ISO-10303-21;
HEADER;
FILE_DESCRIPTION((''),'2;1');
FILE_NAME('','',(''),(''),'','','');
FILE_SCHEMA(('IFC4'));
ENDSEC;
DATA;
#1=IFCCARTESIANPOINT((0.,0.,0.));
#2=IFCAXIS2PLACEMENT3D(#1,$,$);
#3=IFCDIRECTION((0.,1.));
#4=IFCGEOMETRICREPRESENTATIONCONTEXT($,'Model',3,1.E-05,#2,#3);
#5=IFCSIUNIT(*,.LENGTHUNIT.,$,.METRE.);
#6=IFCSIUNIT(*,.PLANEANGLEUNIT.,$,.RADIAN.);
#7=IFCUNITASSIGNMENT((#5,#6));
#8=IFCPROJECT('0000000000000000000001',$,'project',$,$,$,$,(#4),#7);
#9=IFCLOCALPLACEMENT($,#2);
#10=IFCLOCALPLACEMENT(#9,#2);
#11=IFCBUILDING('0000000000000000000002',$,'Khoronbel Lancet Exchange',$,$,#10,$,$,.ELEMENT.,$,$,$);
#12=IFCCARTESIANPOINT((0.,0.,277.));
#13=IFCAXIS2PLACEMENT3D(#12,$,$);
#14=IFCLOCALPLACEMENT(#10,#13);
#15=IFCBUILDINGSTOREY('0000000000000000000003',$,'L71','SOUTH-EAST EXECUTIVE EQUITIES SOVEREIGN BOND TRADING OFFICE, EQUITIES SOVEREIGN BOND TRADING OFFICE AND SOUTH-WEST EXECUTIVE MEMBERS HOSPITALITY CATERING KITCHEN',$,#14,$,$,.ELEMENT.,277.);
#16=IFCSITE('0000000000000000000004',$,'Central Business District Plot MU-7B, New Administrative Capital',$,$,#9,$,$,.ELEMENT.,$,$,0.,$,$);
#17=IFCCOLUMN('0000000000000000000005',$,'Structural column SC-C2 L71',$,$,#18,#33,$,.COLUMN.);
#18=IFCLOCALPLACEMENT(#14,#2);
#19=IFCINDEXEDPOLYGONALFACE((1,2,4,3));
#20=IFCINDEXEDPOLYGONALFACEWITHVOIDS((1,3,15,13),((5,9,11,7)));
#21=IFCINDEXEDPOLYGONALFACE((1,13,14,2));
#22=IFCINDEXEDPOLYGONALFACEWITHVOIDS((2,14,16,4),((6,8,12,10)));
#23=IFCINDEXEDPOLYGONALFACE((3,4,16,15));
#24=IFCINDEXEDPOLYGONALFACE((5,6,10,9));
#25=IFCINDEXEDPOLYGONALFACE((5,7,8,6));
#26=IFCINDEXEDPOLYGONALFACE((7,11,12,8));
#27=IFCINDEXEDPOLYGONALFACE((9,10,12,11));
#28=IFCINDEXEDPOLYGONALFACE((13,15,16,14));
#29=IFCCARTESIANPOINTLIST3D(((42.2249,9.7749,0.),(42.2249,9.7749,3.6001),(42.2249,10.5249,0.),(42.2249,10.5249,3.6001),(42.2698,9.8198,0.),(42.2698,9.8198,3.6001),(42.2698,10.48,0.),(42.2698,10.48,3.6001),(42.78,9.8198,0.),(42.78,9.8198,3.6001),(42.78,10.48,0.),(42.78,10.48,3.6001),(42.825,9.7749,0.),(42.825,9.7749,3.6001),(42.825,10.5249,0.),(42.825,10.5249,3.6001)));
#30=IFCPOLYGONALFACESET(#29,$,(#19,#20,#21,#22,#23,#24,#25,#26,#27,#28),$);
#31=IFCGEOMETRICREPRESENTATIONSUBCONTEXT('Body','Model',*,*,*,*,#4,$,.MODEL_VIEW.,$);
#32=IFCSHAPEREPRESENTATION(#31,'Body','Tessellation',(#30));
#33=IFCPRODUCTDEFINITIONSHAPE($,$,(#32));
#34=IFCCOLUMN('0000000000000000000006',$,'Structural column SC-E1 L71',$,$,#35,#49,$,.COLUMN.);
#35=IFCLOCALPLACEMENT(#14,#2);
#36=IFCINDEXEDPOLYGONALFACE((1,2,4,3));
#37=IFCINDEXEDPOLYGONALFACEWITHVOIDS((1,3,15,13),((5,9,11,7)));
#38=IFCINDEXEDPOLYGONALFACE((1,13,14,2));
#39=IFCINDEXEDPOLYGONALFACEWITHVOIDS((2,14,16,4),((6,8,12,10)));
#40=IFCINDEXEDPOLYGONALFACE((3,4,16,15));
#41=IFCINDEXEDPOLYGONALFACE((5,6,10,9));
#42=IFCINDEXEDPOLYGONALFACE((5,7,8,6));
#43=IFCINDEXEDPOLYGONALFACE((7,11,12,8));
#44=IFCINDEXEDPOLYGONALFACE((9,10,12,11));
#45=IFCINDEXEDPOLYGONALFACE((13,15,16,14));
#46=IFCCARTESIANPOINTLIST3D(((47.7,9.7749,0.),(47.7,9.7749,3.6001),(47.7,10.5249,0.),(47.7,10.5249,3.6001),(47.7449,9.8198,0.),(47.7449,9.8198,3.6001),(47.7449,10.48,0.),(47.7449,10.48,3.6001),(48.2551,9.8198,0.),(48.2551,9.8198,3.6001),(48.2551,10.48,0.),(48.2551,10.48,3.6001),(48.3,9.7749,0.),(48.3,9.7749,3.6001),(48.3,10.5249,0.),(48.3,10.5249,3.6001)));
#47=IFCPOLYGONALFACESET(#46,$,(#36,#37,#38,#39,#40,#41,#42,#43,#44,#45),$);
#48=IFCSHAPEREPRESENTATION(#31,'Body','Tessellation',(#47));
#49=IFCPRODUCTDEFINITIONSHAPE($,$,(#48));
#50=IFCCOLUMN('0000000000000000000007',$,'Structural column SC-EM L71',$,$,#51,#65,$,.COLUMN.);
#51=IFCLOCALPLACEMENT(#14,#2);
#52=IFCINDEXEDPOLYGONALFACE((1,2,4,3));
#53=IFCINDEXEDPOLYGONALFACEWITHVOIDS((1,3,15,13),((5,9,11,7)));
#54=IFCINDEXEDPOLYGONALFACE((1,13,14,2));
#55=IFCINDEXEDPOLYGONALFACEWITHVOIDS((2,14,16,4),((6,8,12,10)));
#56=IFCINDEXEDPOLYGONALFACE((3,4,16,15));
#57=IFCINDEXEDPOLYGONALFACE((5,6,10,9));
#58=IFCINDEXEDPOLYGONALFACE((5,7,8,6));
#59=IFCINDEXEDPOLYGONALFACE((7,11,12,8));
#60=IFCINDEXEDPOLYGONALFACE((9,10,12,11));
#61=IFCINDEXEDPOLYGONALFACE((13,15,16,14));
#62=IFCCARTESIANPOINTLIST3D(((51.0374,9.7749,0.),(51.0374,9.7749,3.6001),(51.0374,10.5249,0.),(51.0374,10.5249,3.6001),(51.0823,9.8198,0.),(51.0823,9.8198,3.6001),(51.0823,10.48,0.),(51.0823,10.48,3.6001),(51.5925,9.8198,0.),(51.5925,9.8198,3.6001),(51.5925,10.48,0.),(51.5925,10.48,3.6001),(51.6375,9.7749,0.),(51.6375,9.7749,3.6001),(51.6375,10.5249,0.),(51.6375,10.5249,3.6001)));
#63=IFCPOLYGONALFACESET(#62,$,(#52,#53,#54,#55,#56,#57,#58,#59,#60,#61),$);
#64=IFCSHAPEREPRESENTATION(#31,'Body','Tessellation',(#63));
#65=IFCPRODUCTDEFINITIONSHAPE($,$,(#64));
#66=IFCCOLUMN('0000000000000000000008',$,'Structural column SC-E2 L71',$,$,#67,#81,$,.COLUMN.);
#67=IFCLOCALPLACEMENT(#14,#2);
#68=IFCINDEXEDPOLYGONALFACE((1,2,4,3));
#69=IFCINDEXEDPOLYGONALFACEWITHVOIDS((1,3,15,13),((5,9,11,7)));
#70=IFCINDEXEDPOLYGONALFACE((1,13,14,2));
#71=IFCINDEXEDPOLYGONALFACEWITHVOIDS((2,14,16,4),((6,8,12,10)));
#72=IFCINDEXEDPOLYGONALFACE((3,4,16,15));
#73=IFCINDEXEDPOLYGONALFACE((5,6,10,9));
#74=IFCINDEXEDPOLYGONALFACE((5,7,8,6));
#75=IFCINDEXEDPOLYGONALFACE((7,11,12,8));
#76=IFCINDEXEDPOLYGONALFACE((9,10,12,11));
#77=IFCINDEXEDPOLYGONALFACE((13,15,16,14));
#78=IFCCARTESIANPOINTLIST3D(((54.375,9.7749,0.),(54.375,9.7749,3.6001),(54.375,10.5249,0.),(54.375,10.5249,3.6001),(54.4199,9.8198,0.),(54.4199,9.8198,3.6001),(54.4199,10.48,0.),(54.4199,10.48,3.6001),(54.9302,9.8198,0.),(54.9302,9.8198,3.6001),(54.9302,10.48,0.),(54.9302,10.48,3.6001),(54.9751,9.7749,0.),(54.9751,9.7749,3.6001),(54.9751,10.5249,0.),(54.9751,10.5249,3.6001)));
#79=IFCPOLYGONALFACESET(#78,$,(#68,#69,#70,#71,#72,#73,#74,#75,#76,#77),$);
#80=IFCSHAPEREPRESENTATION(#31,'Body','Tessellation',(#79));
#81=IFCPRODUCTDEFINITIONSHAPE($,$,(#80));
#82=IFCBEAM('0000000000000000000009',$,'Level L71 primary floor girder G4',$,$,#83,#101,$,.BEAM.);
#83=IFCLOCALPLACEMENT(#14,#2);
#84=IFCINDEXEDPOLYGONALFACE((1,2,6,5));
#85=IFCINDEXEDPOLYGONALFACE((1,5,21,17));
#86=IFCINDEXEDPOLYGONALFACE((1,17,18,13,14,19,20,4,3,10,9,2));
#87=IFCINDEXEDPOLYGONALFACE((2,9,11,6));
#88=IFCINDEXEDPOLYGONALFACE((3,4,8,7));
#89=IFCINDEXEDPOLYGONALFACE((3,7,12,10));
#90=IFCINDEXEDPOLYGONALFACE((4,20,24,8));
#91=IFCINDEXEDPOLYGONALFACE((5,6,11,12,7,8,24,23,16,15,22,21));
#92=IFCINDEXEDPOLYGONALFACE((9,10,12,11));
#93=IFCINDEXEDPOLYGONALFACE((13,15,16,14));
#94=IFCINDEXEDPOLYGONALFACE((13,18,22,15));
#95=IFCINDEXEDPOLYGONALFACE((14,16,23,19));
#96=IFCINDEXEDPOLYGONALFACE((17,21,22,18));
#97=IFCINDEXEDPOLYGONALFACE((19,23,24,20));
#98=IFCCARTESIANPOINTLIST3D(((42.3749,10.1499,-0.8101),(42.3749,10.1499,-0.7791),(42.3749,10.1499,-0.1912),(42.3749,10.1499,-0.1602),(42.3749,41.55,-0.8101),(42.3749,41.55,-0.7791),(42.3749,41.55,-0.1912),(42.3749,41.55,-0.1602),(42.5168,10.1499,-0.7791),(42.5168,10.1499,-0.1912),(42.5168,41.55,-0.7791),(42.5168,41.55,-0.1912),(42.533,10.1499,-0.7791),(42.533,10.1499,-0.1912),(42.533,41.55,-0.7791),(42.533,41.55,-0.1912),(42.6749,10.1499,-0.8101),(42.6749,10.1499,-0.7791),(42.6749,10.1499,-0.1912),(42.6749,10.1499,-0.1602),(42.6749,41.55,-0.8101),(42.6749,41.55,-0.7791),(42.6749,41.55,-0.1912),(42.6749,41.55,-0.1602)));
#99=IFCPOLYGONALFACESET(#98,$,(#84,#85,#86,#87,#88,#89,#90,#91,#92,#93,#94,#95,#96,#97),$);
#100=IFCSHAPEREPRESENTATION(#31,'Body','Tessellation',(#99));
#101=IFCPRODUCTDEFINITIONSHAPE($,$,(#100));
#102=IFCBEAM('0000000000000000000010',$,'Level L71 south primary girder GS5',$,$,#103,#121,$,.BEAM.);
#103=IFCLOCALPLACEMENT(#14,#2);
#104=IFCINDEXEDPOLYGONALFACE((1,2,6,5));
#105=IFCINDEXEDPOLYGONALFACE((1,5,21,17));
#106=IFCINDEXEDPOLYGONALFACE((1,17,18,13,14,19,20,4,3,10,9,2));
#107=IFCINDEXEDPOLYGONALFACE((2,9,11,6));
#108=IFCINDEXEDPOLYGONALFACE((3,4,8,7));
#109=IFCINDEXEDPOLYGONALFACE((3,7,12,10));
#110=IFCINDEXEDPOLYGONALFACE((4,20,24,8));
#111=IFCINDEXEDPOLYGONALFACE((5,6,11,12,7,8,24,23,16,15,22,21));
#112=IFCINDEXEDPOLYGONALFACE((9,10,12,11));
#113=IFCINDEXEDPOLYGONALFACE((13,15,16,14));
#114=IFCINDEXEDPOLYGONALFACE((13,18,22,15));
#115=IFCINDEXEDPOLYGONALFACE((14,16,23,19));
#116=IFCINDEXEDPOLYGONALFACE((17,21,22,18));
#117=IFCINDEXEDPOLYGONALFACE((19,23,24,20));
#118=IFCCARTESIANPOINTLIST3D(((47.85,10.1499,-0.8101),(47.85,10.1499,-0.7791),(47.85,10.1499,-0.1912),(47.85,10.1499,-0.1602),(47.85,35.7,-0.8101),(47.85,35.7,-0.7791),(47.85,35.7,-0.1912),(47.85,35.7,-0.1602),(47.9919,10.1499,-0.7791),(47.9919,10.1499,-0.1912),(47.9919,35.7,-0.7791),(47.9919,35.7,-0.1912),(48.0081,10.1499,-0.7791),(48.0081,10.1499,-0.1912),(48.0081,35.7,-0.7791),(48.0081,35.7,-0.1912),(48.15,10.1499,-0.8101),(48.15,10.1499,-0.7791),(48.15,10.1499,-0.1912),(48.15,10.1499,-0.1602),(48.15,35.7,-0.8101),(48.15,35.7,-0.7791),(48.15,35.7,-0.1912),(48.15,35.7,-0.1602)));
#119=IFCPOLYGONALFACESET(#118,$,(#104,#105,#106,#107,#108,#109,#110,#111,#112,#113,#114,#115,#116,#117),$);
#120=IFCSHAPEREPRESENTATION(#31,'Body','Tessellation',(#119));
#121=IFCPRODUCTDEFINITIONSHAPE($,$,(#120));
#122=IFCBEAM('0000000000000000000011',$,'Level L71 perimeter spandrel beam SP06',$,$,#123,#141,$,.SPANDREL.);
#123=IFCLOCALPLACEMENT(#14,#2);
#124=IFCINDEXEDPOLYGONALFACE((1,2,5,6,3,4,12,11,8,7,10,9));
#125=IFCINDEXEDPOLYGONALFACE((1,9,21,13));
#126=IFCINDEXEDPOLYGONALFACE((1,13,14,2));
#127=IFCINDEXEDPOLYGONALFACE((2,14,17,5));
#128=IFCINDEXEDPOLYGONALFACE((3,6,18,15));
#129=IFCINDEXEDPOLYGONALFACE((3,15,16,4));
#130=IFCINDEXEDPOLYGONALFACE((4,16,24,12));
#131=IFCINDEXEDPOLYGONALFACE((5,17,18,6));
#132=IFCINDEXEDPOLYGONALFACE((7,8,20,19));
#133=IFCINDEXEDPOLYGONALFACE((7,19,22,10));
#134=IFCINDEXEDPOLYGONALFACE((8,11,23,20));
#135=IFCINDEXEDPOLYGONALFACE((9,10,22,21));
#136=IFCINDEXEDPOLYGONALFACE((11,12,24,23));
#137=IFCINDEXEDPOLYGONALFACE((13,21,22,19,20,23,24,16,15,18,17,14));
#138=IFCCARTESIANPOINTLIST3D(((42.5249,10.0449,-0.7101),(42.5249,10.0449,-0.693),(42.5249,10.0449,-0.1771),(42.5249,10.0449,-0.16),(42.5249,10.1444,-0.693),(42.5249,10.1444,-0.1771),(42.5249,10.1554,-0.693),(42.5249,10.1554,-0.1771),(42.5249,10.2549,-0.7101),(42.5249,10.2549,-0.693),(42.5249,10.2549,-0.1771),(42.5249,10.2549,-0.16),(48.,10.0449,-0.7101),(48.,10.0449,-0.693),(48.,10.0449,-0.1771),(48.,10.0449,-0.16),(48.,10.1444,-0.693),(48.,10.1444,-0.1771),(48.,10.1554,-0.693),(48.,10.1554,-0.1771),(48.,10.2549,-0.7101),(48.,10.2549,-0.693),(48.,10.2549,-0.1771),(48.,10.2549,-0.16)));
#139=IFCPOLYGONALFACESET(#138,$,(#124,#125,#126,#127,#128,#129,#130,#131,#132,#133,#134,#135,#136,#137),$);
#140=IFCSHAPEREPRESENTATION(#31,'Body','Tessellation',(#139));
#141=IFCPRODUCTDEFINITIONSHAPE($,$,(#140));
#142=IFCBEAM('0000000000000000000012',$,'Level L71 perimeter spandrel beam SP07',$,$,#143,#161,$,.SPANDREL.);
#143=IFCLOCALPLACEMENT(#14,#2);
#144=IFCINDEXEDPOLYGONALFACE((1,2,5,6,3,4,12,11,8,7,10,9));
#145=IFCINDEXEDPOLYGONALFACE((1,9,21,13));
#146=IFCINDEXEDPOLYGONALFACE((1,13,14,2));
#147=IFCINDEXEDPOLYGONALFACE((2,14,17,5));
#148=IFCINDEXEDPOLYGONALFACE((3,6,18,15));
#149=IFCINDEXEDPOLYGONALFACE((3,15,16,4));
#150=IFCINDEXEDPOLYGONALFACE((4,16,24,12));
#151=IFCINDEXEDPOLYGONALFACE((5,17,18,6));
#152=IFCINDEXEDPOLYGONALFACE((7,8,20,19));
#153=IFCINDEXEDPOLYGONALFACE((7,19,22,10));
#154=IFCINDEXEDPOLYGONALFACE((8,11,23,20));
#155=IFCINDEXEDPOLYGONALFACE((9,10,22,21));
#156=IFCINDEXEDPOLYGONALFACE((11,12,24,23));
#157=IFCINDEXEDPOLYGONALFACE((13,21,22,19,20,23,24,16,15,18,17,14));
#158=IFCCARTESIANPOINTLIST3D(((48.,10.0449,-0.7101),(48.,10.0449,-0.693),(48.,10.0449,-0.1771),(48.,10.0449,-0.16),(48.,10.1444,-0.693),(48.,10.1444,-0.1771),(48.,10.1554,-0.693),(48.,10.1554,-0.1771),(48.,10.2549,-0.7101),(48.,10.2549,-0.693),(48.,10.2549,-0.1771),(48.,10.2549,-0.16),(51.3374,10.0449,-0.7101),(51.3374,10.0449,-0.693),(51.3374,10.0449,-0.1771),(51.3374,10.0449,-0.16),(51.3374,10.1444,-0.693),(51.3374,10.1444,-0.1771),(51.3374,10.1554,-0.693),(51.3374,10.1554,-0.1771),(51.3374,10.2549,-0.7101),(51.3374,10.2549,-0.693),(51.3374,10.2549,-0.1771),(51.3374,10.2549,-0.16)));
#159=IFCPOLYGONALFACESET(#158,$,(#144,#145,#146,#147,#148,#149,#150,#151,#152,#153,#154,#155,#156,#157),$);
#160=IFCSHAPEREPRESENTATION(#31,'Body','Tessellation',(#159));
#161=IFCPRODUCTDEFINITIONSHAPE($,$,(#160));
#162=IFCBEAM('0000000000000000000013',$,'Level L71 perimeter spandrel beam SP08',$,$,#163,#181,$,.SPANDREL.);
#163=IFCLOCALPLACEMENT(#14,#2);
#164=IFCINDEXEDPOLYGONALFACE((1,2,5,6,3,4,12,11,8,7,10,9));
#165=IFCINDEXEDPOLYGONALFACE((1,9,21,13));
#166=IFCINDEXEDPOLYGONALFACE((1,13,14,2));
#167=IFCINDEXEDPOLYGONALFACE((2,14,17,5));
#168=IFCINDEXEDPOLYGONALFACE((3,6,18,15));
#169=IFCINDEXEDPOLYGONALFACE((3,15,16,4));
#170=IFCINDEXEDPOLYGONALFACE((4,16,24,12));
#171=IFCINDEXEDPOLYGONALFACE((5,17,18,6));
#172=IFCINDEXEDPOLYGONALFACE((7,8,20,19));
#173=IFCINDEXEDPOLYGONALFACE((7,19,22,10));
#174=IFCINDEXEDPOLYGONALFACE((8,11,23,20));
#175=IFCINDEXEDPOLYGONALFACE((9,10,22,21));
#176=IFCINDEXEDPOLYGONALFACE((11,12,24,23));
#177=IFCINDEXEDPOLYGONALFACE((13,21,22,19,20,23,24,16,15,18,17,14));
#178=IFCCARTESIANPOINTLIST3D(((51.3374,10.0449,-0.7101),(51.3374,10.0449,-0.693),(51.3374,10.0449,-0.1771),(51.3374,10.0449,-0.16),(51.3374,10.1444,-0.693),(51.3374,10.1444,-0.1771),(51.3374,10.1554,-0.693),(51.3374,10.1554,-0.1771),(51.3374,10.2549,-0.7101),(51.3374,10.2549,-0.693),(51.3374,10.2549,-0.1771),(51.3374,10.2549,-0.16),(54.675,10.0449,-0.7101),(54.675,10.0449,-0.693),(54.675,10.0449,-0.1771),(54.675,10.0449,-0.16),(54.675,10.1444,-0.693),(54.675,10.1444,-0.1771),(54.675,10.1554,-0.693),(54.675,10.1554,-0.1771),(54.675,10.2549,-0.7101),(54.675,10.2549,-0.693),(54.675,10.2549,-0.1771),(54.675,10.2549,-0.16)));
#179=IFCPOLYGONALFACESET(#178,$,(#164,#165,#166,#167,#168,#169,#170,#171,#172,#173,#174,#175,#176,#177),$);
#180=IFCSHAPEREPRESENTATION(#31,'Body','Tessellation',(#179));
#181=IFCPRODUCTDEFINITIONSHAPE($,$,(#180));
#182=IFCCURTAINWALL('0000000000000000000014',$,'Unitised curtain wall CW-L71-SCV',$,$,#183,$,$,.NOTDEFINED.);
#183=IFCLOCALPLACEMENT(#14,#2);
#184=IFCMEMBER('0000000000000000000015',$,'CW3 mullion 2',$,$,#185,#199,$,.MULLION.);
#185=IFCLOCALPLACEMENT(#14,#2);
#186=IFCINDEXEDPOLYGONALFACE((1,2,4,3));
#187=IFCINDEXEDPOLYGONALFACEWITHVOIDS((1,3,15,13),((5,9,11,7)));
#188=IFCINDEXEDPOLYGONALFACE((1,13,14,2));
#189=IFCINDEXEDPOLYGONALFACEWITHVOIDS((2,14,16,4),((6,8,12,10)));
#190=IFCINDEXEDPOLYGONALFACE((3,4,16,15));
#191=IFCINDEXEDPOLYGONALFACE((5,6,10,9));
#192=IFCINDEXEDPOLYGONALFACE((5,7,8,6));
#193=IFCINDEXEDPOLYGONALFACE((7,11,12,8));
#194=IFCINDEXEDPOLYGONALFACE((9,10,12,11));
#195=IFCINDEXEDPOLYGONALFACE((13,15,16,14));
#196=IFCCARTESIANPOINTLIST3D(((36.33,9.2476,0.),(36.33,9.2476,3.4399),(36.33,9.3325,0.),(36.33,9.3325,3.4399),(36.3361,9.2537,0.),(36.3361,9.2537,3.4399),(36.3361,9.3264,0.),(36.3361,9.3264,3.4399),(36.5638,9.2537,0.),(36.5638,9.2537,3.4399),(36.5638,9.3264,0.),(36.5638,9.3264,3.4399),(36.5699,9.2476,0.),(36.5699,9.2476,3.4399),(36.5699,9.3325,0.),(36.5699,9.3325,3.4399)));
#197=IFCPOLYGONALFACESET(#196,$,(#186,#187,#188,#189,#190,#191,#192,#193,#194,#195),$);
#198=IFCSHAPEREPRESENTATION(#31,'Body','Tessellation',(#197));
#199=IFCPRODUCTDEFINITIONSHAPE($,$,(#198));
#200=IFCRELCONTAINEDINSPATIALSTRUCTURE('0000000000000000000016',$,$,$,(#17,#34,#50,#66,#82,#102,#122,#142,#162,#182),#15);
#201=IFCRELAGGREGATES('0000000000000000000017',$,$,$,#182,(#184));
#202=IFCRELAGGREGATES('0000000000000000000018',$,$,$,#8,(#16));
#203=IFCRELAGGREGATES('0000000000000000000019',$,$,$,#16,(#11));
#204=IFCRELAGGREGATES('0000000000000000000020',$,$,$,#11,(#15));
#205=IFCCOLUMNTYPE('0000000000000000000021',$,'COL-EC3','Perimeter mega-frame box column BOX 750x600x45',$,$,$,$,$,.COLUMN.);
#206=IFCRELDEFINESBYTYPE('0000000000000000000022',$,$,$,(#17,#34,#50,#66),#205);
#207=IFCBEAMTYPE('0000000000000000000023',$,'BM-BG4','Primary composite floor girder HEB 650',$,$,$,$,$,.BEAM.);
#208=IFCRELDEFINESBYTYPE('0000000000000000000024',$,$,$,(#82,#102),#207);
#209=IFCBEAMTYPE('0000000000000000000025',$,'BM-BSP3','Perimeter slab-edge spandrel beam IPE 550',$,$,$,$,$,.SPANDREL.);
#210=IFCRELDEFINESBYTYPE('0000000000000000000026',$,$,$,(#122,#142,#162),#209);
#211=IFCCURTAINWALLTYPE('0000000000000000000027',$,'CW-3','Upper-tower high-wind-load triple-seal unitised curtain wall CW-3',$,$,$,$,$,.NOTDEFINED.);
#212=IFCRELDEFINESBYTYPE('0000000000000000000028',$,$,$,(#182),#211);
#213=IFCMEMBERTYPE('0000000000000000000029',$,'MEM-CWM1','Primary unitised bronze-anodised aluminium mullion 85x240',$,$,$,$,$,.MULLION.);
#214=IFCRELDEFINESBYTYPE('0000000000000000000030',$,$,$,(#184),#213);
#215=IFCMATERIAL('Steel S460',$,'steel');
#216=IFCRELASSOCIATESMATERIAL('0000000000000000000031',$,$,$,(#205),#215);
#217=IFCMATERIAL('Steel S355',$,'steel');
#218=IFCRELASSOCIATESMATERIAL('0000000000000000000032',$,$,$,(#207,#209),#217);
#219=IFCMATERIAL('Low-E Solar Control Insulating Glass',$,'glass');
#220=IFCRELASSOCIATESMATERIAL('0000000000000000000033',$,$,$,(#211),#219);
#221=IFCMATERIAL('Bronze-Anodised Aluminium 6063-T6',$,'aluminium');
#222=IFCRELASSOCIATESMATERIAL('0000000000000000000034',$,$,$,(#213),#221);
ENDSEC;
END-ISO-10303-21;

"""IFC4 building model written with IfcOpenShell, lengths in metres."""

from ifc_helpers import new_model, si_unit, direction, frame, origin, origin_2d, place, context, subcontext, project, spatial, hollow_rectangle, i_section, extrude, material, material_profile, profile_set, type_object, element, aggregate, save


model = new_model("IFC4")

# Units and contexts
model_context = context("Model", 3, precision=1e-05, world=origin(), true_north=direction((0.0, 1.0)))
body_context = subcontext(model_context, "Body", "Model", "MODEL_VIEW")
ifc_project = project(units=[si_unit("LENGTHUNIT", "METRE"), si_unit("PLANEANGLEUNIT", "RADIAN")], contexts=[model_context])

# Site, building, storey
site_placement = place(None, origin())
site = spatial("IfcSite", under=ifc_project, at=site_placement, Name="Central Business District Plot MU-7B, New Administrative Capital", CompositionType="ELEMENT", RefElevation=0.0)
building_placement = place(site_placement, origin())
building = spatial("IfcBuilding", under=site, at=building_placement, Name="Khoronbel Lancet Exchange", CompositionType="ELEMENT")
storey_placement = place(building_placement, frame((0.0, 0.0, 277.0)))
storey = spatial("IfcBuildingStorey", under=building, at=storey_placement, Name="L71", Description="SOUTH-EAST EXECUTIVE EQUITIES SOVEREIGN BOND TRADING OFFICE, EQUITIES SOVEREIGN BOND TRADING OFFICE AND SOUTH-WEST EXECUTIVE MEMBERS HOSPITALITY CATERING KITCHEN", CompositionType="ELEMENT", Elevation=277.0)

# Columns
ifc_material_1 = material(Name="Steel S460", Category="steel")
ifc_material_profile_1 = material_profile(ifc_material_1, hollow_rectangle(XDim=0.6001, YDim=0.75, WallThickness=0.0449, at=origin_2d()), Name="BOX 750x600x45")
ifc_profile_set_1 = profile_set([ifc_material_profile_1], Name="Steel S460")
column_type = type_object("IfcColumnType", Name="COL-EC3", Description="Perimeter mega-frame box column BOX 750x600x45", PredefinedType="COLUMN", material=ifc_profile_set_1)
for number, where, z_axis, x_axis, name in (
    (1, (42.5249, 10.1499, 0.0), (0.0, 0.0, 1.0), (1.0, 0.0, 0.0), "Structural column SC-C2 L71"),
    (2, (48.0, 10.1499, 0.0), (0.0, 0.0, 1.0), (1.0, 0.0, 0.0), "Structural column SC-E1 L71"),
    (3, (51.3374, 10.1499, 0.0), (0.0, 0.0, 1.0), (1.0, 0.0, 0.0), "Structural column SC-EM L71"),
    (4, (54.675, 10.1499, 0.0), (0.0, 0.0, 1.0), (1.0, 0.0, 0.0), "Structural column SC-E2 L71"),
):
    element("IfcColumn", number, at=place(storey_placement, frame(where, z_axis=z_axis, x_axis=x_axis)), inside=storey, type_object=column_type, Name=name, PredefinedType="COLUMN", context=body_context, shape_type="SweptSolid", body=[
        extrude(hollow_rectangle(XDim=0.6001, YDim=0.75, WallThickness=0.0449, at=origin_2d()), origin(), (0.0, 0.0, 1.0), 3.6001),
    ])

# Beams
ifc_material_2 = material(Name="Steel S355", Category="steel")
ifc_material_profile_2 = material_profile(ifc_material_2, i_section(OverallWidth=0.3, OverallDepth=0.6499, WebThickness=0.0161, FlangeThickness=0.031, at=origin_2d()), Name="HEB 650")
ifc_profile_set_2 = profile_set([ifc_material_profile_2], Name="Steel S355")
beam_type_1 = type_object("IfcBeamType", Name="BM-BG4", Description="Primary composite floor girder HEB 650", PredefinedType="BEAM", material=ifc_profile_set_2)
beam_1_placement = place(storey_placement, frame((42.5249, 10.1499, -0.4851), z_axis=(0.0, 1.0, 0.0), x_axis=(-1.0, 0.0, 0.0)))
element("IfcBeam", 5, at=beam_1_placement, inside=storey, type_object=beam_type_1, Name="Level L71 primary floor girder G4", PredefinedType="BEAM", context=body_context, shape_type="SweptSolid", body=[
    extrude(i_section(OverallWidth=0.3, OverallDepth=0.6499, WebThickness=0.0161, FlangeThickness=0.031, at=origin_2d()), origin(), (0.0, 0.0, 1.0), 31.4001),
])
beam_2_placement = place(storey_placement, frame((48.0, 10.1499, -0.4851), z_axis=(0.0, 1.0, 0.0), x_axis=(-1.0, 0.0, 0.0)))
element("IfcBeam", 6, at=beam_2_placement, inside=storey, type_object=beam_type_1, Name="Level L71 south primary girder GS5", PredefinedType="BEAM", context=body_context, shape_type="SweptSolid", body=[
    extrude(i_section(OverallWidth=0.3, OverallDepth=0.6499, WebThickness=0.0161, FlangeThickness=0.031, at=origin_2d()), origin(), (0.0, 0.0, 1.0), 25.55),
])
ifc_material_profile_3 = material_profile(ifc_material_2, i_section(OverallWidth=0.21, OverallDepth=0.55, WebThickness=0.011, FlangeThickness=0.0171, at=origin_2d()), Name="IPE 550")
ifc_profile_set_3 = profile_set([ifc_material_profile_3], Name="Steel S355")
beam_type_2 = type_object("IfcBeamType", Name="BM-BSP3", Description="Perimeter slab-edge spandrel beam IPE 550", PredefinedType="SPANDREL", material=ifc_profile_set_3)
beam_3_placement = place(storey_placement, frame((42.5249, 10.1499, -0.4351), z_axis=(1.0, 0.0, 0.0), x_axis=(0.0, 1.0, 0.0)))
element("IfcBeam", 7, at=beam_3_placement, inside=storey, type_object=beam_type_2, Name="Level L71 perimeter spandrel beam SP06", PredefinedType="SPANDREL", context=body_context, shape_type="SweptSolid", body=[
    extrude(i_section(OverallWidth=0.21, OverallDepth=0.55, WebThickness=0.011, FlangeThickness=0.0171, at=origin_2d()), origin(), (0.0, 0.0, 1.0), 5.4751),
])
beam_4_placement = place(storey_placement, frame((48.0, 10.1499, -0.4351), z_axis=(1.0, 0.0, 0.0), x_axis=(0.0, 1.0, 0.0)))
element("IfcBeam", 8, at=beam_4_placement, inside=storey, type_object=beam_type_2, Name="Level L71 perimeter spandrel beam SP07", PredefinedType="SPANDREL", context=body_context, shape_type="SweptSolid", body=[
    extrude(i_section(OverallWidth=0.21, OverallDepth=0.55, WebThickness=0.011, FlangeThickness=0.0171, at=origin_2d()), origin(), (0.0, 0.0, 1.0), 3.3374),
])
beam_5_placement = place(storey_placement, frame((51.3374, 10.1499, -0.4351), z_axis=(1.0, 0.0, 0.0), x_axis=(0.0, 1.0, 0.0)))
element("IfcBeam", 9, at=beam_5_placement, inside=storey, type_object=beam_type_2, Name="Level L71 perimeter spandrel beam SP08", PredefinedType="SPANDREL", context=body_context, shape_type="SweptSolid", body=[
    extrude(i_section(OverallWidth=0.21, OverallDepth=0.55, WebThickness=0.011, FlangeThickness=0.0171, at=origin_2d()), origin(), (0.0, 0.0, 1.0), 3.3376),
])

# Curtain wall, member
ifc_material_3 = material(Name="Low-E Solar Control Insulating Glass", Category="glass")
curtain_wall_type = type_object("IfcCurtainWallType", Name="CW-3", Description="Upper-tower high-wind-load triple-seal unitised curtain wall CW-3", PredefinedType="NOTDEFINED", material=ifc_material_3)
curtain_wall_1_placement = place(storey_placement, origin())
curtain_wall_1 = element("IfcCurtainWall", 10, at=curtain_wall_1_placement, inside=storey, type_object=curtain_wall_type, Name="Unitised curtain wall CW-L71-SCV", PredefinedType="NOTDEFINED")
ifc_material_4 = material(Name="Bronze-Anodised Aluminium 6063-T6", Category="aluminium")
ifc_material_profile_4 = material_profile(ifc_material_4, hollow_rectangle(XDim=0.085, YDim=0.24, WallThickness=0.0061, at=origin_2d()), Name="ALU MULLION 85x240")
ifc_profile_set_4 = profile_set([ifc_material_profile_4], Name="Bronze-Anodised Aluminium 6063-T6")
member_type_1 = type_object("IfcMemberType", Name="MEM-CWM1", Description="Primary unitised bronze-anodised aluminium mullion 85x240", PredefinedType="MULLION", material=ifc_profile_set_4)
member_1_placement = place(storey_placement, frame((36.45, 9.29, 0.0), z_axis=(0.0, 0.0, 1.0), x_axis=(0.0, 1.0, 0.0)))
member_1 = element("IfcMember", 11, at=member_1_placement, type_object=member_type_1, Name="CW3 mullion 2", PredefinedType="MULLION", context=body_context, shape_type="SweptSolid", body=[
    extrude(hollow_rectangle(XDim=0.085, YDim=0.24, WallThickness=0.0061, at=origin_2d()), origin(), (0.0, 0.0, 1.0), 3.4399),
])

aggregate(curtain_wall_1, [member_1])

save(model, "model.ifc")
